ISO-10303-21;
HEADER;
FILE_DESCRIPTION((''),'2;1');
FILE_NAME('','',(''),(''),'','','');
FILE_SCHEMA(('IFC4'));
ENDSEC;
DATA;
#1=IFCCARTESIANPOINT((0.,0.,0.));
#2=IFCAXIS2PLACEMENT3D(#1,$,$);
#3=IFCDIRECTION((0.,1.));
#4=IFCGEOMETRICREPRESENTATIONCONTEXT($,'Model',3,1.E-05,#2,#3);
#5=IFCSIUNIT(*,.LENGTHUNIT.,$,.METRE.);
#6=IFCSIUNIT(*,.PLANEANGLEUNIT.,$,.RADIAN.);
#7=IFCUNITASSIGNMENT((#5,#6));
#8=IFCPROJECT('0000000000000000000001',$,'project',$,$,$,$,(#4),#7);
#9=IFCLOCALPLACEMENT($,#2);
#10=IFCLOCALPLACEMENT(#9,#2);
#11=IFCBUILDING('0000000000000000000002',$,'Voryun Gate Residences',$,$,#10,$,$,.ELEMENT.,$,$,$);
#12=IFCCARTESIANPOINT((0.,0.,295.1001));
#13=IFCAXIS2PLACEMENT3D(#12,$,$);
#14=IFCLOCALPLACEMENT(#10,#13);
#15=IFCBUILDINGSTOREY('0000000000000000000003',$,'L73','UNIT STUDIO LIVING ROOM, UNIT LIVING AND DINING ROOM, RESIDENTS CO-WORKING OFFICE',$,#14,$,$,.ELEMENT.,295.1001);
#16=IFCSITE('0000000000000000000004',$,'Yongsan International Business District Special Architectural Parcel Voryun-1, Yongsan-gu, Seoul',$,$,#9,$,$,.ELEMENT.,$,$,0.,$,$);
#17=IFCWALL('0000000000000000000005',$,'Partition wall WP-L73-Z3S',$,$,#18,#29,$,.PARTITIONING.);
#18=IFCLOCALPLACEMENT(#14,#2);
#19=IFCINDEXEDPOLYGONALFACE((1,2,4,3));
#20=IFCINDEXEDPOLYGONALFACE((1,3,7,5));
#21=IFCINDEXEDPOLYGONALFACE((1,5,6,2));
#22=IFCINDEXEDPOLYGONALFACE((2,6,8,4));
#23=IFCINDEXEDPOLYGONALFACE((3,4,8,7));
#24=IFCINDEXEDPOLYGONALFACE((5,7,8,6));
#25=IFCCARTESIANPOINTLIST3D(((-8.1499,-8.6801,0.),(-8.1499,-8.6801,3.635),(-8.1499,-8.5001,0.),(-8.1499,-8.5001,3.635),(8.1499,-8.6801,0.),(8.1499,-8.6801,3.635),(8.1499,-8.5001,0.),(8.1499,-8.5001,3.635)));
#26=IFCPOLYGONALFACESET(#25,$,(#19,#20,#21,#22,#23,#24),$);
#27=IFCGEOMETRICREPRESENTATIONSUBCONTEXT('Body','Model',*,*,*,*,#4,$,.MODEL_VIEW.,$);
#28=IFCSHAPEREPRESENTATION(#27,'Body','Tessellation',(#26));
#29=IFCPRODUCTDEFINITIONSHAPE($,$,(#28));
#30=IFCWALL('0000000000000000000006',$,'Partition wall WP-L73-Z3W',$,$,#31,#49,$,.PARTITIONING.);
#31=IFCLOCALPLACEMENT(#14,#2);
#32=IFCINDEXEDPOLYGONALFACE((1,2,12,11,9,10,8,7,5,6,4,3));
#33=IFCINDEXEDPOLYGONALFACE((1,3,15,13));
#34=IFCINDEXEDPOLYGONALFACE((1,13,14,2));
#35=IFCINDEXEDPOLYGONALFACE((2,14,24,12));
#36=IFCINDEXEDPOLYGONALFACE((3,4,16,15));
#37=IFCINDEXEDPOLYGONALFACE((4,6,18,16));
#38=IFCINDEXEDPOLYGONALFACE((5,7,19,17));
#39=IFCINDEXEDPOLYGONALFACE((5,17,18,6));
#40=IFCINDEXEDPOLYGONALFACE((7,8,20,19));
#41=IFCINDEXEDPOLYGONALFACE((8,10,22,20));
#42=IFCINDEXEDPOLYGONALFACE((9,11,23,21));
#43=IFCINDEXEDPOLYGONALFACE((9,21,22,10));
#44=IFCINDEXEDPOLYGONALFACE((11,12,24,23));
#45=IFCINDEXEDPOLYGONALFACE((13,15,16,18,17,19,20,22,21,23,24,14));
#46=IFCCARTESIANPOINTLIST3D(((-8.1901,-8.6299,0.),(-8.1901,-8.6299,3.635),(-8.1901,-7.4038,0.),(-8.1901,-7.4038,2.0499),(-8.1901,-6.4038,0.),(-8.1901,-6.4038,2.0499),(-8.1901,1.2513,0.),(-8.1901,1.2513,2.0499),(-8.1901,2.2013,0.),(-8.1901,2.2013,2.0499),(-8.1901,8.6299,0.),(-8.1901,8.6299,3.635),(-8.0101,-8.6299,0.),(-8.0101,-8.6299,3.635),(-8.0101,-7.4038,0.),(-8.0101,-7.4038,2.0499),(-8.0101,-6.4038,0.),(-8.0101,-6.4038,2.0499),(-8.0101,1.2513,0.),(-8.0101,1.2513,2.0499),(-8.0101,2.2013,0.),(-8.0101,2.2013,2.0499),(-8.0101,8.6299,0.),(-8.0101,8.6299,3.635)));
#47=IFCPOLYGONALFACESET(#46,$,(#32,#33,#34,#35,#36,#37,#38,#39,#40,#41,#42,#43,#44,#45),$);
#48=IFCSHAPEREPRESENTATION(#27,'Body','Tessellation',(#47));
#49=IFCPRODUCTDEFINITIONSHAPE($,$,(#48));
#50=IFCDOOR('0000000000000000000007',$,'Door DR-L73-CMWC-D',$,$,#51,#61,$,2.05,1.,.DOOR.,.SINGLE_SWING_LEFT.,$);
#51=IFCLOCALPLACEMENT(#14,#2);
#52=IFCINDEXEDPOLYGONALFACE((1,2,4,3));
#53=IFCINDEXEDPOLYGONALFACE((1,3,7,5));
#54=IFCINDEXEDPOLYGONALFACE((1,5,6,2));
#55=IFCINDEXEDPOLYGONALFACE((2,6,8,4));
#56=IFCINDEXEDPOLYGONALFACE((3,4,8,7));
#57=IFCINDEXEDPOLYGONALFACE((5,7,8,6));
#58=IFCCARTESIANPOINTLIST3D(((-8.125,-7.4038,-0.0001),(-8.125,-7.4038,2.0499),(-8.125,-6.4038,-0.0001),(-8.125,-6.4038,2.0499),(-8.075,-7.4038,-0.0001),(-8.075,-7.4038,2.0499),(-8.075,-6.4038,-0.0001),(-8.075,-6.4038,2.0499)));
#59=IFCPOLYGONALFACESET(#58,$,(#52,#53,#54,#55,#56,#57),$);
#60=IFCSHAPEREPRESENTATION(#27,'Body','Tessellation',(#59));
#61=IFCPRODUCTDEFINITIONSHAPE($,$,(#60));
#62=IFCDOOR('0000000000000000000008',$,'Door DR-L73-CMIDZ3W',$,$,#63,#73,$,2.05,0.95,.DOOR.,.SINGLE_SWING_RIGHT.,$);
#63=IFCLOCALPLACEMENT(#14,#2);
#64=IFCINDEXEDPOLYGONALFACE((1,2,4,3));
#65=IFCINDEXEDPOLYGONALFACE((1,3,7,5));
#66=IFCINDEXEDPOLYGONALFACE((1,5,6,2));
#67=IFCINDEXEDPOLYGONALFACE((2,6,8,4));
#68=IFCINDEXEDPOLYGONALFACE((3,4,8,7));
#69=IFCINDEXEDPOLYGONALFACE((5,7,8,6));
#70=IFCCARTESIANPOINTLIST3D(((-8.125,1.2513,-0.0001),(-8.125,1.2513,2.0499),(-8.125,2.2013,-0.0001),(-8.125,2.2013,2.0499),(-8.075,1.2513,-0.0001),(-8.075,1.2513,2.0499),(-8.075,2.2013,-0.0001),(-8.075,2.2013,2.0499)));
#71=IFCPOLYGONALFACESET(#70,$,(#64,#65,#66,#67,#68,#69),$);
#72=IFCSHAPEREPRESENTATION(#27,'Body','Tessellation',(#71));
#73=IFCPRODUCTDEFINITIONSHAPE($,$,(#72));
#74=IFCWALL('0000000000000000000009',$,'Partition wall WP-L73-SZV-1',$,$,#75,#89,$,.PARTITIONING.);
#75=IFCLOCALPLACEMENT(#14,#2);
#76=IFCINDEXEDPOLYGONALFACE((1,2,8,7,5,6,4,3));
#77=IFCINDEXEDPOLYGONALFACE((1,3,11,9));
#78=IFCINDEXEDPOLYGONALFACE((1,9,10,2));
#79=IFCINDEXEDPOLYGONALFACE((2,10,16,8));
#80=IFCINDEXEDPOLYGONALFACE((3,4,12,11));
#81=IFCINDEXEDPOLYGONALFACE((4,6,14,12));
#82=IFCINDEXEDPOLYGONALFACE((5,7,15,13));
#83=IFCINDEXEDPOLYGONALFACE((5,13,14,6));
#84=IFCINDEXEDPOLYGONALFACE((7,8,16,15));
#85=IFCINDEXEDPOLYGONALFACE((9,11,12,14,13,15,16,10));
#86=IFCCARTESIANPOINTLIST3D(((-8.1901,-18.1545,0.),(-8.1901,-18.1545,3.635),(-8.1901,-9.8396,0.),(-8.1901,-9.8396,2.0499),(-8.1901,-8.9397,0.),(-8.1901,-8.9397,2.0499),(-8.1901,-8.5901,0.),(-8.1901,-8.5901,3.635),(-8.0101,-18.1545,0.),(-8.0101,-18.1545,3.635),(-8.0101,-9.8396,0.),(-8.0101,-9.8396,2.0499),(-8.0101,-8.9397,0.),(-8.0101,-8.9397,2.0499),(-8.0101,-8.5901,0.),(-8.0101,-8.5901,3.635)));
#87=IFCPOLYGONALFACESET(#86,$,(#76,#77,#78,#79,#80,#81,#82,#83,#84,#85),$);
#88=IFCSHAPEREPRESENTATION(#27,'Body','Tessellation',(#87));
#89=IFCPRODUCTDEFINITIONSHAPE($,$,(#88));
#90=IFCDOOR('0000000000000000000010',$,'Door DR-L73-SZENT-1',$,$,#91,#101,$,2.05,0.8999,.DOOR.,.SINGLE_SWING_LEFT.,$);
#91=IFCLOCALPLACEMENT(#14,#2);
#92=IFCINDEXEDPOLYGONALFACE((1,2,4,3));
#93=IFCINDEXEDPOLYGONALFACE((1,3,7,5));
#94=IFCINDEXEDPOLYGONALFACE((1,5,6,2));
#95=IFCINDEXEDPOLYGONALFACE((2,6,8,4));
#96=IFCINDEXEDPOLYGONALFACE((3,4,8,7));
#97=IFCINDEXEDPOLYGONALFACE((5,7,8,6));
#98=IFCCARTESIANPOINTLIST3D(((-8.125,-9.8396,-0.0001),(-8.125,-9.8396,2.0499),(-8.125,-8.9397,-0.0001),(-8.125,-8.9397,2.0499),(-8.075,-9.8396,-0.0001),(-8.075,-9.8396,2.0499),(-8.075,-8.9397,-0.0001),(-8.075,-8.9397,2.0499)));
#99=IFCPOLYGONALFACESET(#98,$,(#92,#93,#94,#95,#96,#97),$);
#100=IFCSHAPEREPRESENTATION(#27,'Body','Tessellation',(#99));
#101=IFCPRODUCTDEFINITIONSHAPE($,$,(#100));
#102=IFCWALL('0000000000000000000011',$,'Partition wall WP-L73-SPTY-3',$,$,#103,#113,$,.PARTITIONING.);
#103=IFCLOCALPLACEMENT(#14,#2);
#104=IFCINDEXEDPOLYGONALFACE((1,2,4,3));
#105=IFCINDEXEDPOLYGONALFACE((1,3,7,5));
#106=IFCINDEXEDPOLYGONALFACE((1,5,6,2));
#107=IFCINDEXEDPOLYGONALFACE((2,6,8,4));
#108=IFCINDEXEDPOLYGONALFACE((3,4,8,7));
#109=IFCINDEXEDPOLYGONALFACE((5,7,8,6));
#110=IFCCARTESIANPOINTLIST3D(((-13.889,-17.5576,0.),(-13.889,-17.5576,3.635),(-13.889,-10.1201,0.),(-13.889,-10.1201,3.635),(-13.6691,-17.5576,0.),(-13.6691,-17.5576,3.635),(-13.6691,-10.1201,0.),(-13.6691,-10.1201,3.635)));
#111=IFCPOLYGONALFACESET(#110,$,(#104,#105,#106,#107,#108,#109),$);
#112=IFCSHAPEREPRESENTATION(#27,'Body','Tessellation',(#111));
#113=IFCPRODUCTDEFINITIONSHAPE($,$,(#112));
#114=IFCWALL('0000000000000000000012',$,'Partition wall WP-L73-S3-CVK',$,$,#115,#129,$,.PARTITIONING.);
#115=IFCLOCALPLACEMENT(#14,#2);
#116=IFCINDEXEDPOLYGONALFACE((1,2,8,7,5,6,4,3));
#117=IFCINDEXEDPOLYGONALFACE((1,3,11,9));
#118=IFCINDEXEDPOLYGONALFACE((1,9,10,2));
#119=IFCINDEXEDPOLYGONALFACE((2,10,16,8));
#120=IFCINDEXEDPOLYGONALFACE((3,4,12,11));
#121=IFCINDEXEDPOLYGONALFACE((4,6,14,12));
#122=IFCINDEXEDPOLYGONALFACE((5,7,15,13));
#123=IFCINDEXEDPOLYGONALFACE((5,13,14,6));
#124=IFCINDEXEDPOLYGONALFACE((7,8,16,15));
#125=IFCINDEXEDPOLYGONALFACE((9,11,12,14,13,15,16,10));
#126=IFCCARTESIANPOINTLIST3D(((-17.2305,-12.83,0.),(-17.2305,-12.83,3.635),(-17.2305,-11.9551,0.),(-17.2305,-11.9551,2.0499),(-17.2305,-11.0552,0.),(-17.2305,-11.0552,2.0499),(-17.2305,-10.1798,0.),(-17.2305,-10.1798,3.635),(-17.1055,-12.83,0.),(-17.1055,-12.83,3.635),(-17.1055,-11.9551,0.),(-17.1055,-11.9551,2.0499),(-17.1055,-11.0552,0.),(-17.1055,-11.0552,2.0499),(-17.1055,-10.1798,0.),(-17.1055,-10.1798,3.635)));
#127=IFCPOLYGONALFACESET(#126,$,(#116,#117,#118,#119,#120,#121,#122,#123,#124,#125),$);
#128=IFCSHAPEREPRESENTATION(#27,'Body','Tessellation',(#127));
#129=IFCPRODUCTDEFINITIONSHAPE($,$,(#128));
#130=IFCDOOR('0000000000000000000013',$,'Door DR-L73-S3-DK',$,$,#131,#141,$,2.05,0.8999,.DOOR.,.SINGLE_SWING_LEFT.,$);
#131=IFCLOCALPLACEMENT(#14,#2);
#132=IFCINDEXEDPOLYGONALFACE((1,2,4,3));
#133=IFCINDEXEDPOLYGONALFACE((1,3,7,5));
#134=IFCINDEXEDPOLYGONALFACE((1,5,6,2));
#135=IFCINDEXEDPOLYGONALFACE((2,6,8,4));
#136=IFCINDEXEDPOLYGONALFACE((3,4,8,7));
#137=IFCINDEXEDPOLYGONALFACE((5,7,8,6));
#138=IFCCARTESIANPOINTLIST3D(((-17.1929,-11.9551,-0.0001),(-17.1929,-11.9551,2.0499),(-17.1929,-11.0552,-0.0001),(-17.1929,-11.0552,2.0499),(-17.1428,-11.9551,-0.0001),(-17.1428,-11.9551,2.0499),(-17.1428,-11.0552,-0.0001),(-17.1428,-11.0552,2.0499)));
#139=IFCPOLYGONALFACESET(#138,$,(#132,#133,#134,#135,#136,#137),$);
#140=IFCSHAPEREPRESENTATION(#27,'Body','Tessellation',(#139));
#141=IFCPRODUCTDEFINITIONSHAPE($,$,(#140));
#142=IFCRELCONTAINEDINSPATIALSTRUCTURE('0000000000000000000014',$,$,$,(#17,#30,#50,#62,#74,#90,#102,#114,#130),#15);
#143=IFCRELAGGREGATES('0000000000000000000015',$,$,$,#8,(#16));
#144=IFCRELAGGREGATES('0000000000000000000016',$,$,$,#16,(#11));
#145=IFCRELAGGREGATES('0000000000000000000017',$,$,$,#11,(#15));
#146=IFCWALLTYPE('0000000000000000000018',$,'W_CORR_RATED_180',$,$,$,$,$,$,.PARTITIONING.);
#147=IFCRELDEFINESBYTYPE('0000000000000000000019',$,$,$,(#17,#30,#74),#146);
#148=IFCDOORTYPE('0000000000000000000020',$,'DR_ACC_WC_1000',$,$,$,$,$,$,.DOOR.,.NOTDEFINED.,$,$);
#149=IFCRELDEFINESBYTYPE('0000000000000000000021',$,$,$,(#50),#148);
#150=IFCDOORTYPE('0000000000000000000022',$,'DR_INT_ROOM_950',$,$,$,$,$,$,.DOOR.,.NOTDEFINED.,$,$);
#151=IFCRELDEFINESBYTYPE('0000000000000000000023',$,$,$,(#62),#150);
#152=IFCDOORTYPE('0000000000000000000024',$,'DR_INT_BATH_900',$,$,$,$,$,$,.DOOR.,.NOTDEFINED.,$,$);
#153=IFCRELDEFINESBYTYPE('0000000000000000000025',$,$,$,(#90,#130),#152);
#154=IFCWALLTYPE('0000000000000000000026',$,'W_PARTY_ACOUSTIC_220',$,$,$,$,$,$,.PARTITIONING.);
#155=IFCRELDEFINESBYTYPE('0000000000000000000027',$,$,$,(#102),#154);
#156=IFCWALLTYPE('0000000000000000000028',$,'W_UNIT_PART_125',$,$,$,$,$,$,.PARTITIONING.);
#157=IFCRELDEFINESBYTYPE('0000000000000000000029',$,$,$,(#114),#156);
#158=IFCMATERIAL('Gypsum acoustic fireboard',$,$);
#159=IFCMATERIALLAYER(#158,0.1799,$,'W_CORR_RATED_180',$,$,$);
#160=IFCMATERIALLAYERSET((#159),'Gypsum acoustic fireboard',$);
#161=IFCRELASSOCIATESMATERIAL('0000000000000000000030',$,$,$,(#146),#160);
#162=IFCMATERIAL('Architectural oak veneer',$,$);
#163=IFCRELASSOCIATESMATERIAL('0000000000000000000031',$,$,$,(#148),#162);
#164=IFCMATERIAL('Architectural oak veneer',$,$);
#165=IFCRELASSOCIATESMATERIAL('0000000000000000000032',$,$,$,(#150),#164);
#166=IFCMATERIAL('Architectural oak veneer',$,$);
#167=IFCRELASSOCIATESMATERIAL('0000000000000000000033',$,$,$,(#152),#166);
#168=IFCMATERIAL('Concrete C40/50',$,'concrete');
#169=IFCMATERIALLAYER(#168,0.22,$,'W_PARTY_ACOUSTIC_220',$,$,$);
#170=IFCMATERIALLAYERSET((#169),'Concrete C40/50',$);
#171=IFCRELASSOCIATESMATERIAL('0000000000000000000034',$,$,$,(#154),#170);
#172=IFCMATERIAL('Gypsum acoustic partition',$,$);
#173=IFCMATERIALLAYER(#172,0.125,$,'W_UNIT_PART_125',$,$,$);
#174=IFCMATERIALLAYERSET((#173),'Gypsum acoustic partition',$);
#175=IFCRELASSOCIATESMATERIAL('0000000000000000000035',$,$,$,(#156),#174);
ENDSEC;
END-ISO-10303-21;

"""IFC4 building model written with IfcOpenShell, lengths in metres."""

from ifc_helpers import new_model, si_unit, direction, frame, frame_2d, origin, place, context, subcontext, project, spatial, rectangle, extrude, material, layer, layer_set, type_object, element, fill, save


model = new_model("IFC4")

# Units and contexts
model_context = context("Model", 3, precision=1e-05, world=origin(), true_north=direction((0.0, 1.0)))
body_context = subcontext(model_context, "Body", "Model", "MODEL_VIEW")
ifc_project = project(units=[si_unit("LENGTHUNIT", "METRE"), si_unit("PLANEANGLEUNIT", "RADIAN")], contexts=[model_context])

# Site, building, storey
site_placement = place(None, origin())
site = spatial("IfcSite", under=ifc_project, at=site_placement, Name="Yongsan International Business District Special Architectural Parcel Voryun-1, Yongsan-gu, Seoul", CompositionType="ELEMENT", RefElevation=0.0)
building_placement = place(site_placement, origin())
building = spatial("IfcBuilding", under=site, at=building_placement, Name="Voryun Gate Residences", CompositionType="ELEMENT")
storey_placement = place(building_placement, frame((0.0, 0.0, 295.1001)))
storey = spatial("IfcBuildingStorey", under=building, at=storey_placement, Name="L73", Description="UNIT STUDIO LIVING ROOM, UNIT LIVING AND DINING ROOM, RESIDENTS CO-WORKING OFFICE", CompositionType="ELEMENT", Elevation=295.1001)

# Shared definitions
ifc_material_1 = material(Name="Gypsum acoustic fireboard")
ifc_layer_1 = layer(ifc_material_1, 0.1799, Name="W_CORR_RATED_180")
ifc_layer_set_1 = layer_set([ifc_layer_1], Name="Gypsum acoustic fireboard")
wall_type_1 = type_object("IfcWallType", Name="W_CORR_RATED_180", PredefinedType="PARTITIONING", material=ifc_layer_set_1)

# Wall
wall_1_placement = place(storey_placement, frame((-8.1499, -8.5901, 0.0), z_axis=(0.0, 0.0, 1.0), x_axis=(1.0, 0.0, 0.0)))
element("IfcWall", 1, at=wall_1_placement, inside=storey, type_object=wall_type_1, Name="Partition wall WP-L73-Z3S", PredefinedType="PARTITIONING", context=body_context, shape_type="SweptSolid", body=[
    extrude(rectangle(XDim=16.2998, YDim=0.1799, at=frame_2d((8.1499, 0.0))), origin(), (0.0, 0.0, 1.0), 3.635),
])

# Wall, openings, doors
wall_2_placement = place(storey_placement, frame((-8.1001, -8.6299, 0.0), z_axis=(0.0, 0.0, 1.0), x_axis=(0.0, 1.0, 0.0)))
wall_2 = element("IfcWall", 2, at=wall_2_placement, inside=storey, type_object=wall_type_1, Name="Partition wall WP-L73-Z3W", PredefinedType="PARTITIONING", context=body_context, shape_type="SweptSolid", body=[
    extrude(rectangle(XDim=17.2598, YDim=0.1799, at=frame_2d((8.6299, 0.0))), origin(), (0.0, 0.0, 1.0), 3.635),
])
opening_1_placement = place(wall_2_placement, frame((1.2261, 0.0, 0.0)))
opening_1 = element("IfcOpeningElement", 3, at=opening_1_placement, cuts=wall_2, PredefinedType="OPENING", context=body_context, shape_type="SweptSolid", body=[
    extrude(rectangle(XDim=1.0, YDim=2.05, at=frame_2d((0.5, 1.0249))), frame((0.0, 0.0999, 0.0), z_axis=(0.0, -1.0, 0.0), x_axis=(1.0, 0.0, 0.0)), (0.0, 0.0, 1.0), 0.2),
])
opening_2_placement = place(wall_2_placement, frame((9.8811, 0.0, 0.0)))
opening_2 = element("IfcOpeningElement", 4, at=opening_2_placement, cuts=wall_2, PredefinedType="OPENING", context=body_context, shape_type="SweptSolid", body=[
    extrude(rectangle(XDim=0.95, YDim=2.05, at=frame_2d((0.4751, 1.0249))), frame((0.0, 0.0999, 0.0), z_axis=(0.0, -1.0, 0.0), x_axis=(1.0, 0.0, 0.0)), (0.0, 0.0, 1.0), 0.2),
])
ifc_material_2 = material(Name="Architectural oak veneer")
door_type_1 = type_object("IfcDoorType", Name="DR_ACC_WC_1000", OperationType="NOTDEFINED", PredefinedType="DOOR", material=ifc_material_2)
door_1_placement = place(opening_1_placement, origin())
door_1 = element("IfcDoor", 5, at=door_1_placement, inside=storey, type_object=door_type_1, Name="Door DR-L73-CMWC-D", OperationType="SINGLE_SWING_LEFT", OverallHeight=2.05, OverallWidth=1.0, PredefinedType="DOOR", context=body_context, shape_type="SweptSolid", body=[
    extrude(rectangle(XDim=1.0, YDim=2.05, at=frame_2d((0.5, 1.0249))), frame((0.0, 0.0249, 0.0), z_axis=(0.0, -1.0, 0.0), x_axis=(1.0, 0.0, 0.0)), (0.0, 0.0, 1.0), 0.05),
])
fill(opening_1, door_1)
ifc_material_3 = material(Name="Architectural oak veneer")
door_type_2 = type_object("IfcDoorType", Name="DR_INT_ROOM_950", OperationType="NOTDEFINED", PredefinedType="DOOR", material=ifc_material_3)
door_2_placement = place(opening_2_placement, origin())
door_2 = element("IfcDoor", 6, at=door_2_placement, inside=storey, type_object=door_type_2, Name="Door DR-L73-CMIDZ3W", OperationType="SINGLE_SWING_RIGHT", OverallHeight=2.05, OverallWidth=0.95, PredefinedType="DOOR", context=body_context, shape_type="SweptSolid", body=[
    extrude(rectangle(XDim=0.95, YDim=2.05, at=frame_2d((0.4751, 1.0249))), frame((0.0, 0.0249, 0.0), z_axis=(0.0, -1.0, 0.0), x_axis=(1.0, 0.0, 0.0)), (0.0, 0.0, 1.0), 0.05),
])
fill(opening_2, door_2)

# Wall, opening, door
wall_3_placement = place(storey_placement, frame((-8.1001, -18.1545, 0.0), z_axis=(0.0, 0.0, 1.0), x_axis=(0.0, 1.0, 0.0)))
wall_3 = element("IfcWall", 7, at=wall_3_placement, inside=storey, type_object=wall_type_1, Name="Partition wall WP-L73-SZV-1", PredefinedType="PARTITIONING", context=body_context, shape_type="SweptSolid", body=[
    extrude(rectangle(XDim=9.5645, YDim=0.1799, at=frame_2d((4.7822, 0.0))), origin(), (0.0, 0.0, 1.0), 3.635),
])
opening_3_placement = place(wall_3_placement, frame((8.3149, 0.0, 0.0)))
opening_3 = element("IfcOpeningElement", 8, at=opening_3_placement, cuts=wall_3, PredefinedType="OPENING", context=body_context, shape_type="SweptSolid", body=[
    extrude(rectangle(XDim=0.8999, YDim=2.05, at=frame_2d((0.45, 1.0249))), frame((0.0, 0.0999, 0.0), z_axis=(0.0, -1.0, 0.0), x_axis=(1.0, 0.0, 0.0)), (0.0, 0.0, 1.0), 0.2),
])
ifc_material_4 = material(Name="Architectural oak veneer")
door_type_3 = type_object("IfcDoorType", Name="DR_INT_BATH_900", OperationType="NOTDEFINED", PredefinedType="DOOR", material=ifc_material_4)
door_3_placement = place(opening_3_placement, origin())
door_3 = element("IfcDoor", 9, at=door_3_placement, inside=storey, type_object=door_type_3, Name="Door DR-L73-SZENT-1", OperationType="SINGLE_SWING_LEFT", OverallHeight=2.05, OverallWidth=0.8999, PredefinedType="DOOR", context=body_context, shape_type="SweptSolid", body=[
    extrude(rectangle(XDim=0.8999, YDim=2.05, at=frame_2d((0.45, 1.0249))), frame((0.0, 0.0249, 0.0), z_axis=(0.0, -1.0, 0.0), x_axis=(1.0, 0.0, 0.0)), (0.0, 0.0, 1.0), 0.05),
])
fill(opening_3, door_3)

# Wall
ifc_material_5 = material(Name="Concrete C40/50", Category="concrete")
ifc_layer_2 = layer(ifc_material_5, 0.22, Name="W_PARTY_ACOUSTIC_220")
ifc_layer_set_2 = layer_set([ifc_layer_2], Name="Concrete C40/50")
wall_type_2 = type_object("IfcWallType", Name="W_PARTY_ACOUSTIC_220", PredefinedType="PARTITIONING", material=ifc_layer_set_2)
wall_4_placement = place(storey_placement, frame((-13.7791, -17.5576, 0.0), z_axis=(0.0, 0.0, 1.0), x_axis=(0.0, 1.0, 0.0)))
element("IfcWall", 10, at=wall_4_placement, inside=storey, type_object=wall_type_2, Name="Partition wall WP-L73-SPTY-3", PredefinedType="PARTITIONING", context=body_context, shape_type="SweptSolid", body=[
    extrude(rectangle(XDim=7.4375, YDim=0.22, at=frame_2d((3.7188, 0.0))), origin(), (0.0, 0.0, 1.0), 3.635),
])

# Wall, opening, door
ifc_material_6 = material(Name="Gypsum acoustic partition")
ifc_layer_3 = layer(ifc_material_6, 0.125, Name="W_UNIT_PART_125")
ifc_layer_set_3 = layer_set([ifc_layer_3], Name="Gypsum acoustic partition")
wall_type_3 = type_object("IfcWallType", Name="W_UNIT_PART_125", PredefinedType="PARTITIONING", material=ifc_layer_set_3)
wall_5_placement = place(storey_placement, frame((-17.168, -12.8301, 0.0), z_axis=(0.0, 0.0, 1.0), x_axis=(0.0, 1.0, 0.0)))
wall_5 = element("IfcWall", 11, at=wall_5_placement, inside=storey, type_object=wall_type_3, Name="Partition wall WP-L73-S3-CVK", PredefinedType="PARTITIONING", context=body_context, shape_type="SweptSolid", body=[
    extrude(rectangle(XDim=2.6501, YDim=0.125, at=frame_2d((1.3252, 0.0))), origin(), (0.0, 0.0, 1.0), 3.635),
])
opening_4_placement = place(wall_5_placement, frame((0.875, 0.0, 0.0)))
opening_4 = element("IfcOpeningElement", 12, at=opening_4_placement, cuts=wall_5, PredefinedType="OPENING", context=body_context, shape_type="SweptSolid", body=[
    extrude(rectangle(XDim=0.8999, YDim=2.05, at=frame_2d((0.45, 1.0249))), frame((0.0, 0.0725, 0.0), z_axis=(0.0, -1.0, 0.0), x_axis=(1.0, 0.0, 0.0)), (0.0, 0.0, 1.0), 0.145),
])
door_4_placement = place(opening_4_placement, origin())
door_4 = element("IfcDoor", 13, at=door_4_placement, inside=storey, type_object=door_type_3, Name="Door DR-L73-S3-DK", OperationType="SINGLE_SWING_LEFT", OverallHeight=2.05, OverallWidth=0.8999, PredefinedType="DOOR", context=body_context, shape_type="SweptSolid", body=[
    extrude(rectangle(XDim=0.8999, YDim=2.05, at=frame_2d((0.45, 1.0249))), frame((0.0, 0.0249, 0.0), z_axis=(0.0, -1.0, 0.0), x_axis=(1.0, 0.0, 0.0)), (0.0, 0.0, 1.0), 0.05),
])
fill(opening_4, door_4)

save(model, "model.ifc")
